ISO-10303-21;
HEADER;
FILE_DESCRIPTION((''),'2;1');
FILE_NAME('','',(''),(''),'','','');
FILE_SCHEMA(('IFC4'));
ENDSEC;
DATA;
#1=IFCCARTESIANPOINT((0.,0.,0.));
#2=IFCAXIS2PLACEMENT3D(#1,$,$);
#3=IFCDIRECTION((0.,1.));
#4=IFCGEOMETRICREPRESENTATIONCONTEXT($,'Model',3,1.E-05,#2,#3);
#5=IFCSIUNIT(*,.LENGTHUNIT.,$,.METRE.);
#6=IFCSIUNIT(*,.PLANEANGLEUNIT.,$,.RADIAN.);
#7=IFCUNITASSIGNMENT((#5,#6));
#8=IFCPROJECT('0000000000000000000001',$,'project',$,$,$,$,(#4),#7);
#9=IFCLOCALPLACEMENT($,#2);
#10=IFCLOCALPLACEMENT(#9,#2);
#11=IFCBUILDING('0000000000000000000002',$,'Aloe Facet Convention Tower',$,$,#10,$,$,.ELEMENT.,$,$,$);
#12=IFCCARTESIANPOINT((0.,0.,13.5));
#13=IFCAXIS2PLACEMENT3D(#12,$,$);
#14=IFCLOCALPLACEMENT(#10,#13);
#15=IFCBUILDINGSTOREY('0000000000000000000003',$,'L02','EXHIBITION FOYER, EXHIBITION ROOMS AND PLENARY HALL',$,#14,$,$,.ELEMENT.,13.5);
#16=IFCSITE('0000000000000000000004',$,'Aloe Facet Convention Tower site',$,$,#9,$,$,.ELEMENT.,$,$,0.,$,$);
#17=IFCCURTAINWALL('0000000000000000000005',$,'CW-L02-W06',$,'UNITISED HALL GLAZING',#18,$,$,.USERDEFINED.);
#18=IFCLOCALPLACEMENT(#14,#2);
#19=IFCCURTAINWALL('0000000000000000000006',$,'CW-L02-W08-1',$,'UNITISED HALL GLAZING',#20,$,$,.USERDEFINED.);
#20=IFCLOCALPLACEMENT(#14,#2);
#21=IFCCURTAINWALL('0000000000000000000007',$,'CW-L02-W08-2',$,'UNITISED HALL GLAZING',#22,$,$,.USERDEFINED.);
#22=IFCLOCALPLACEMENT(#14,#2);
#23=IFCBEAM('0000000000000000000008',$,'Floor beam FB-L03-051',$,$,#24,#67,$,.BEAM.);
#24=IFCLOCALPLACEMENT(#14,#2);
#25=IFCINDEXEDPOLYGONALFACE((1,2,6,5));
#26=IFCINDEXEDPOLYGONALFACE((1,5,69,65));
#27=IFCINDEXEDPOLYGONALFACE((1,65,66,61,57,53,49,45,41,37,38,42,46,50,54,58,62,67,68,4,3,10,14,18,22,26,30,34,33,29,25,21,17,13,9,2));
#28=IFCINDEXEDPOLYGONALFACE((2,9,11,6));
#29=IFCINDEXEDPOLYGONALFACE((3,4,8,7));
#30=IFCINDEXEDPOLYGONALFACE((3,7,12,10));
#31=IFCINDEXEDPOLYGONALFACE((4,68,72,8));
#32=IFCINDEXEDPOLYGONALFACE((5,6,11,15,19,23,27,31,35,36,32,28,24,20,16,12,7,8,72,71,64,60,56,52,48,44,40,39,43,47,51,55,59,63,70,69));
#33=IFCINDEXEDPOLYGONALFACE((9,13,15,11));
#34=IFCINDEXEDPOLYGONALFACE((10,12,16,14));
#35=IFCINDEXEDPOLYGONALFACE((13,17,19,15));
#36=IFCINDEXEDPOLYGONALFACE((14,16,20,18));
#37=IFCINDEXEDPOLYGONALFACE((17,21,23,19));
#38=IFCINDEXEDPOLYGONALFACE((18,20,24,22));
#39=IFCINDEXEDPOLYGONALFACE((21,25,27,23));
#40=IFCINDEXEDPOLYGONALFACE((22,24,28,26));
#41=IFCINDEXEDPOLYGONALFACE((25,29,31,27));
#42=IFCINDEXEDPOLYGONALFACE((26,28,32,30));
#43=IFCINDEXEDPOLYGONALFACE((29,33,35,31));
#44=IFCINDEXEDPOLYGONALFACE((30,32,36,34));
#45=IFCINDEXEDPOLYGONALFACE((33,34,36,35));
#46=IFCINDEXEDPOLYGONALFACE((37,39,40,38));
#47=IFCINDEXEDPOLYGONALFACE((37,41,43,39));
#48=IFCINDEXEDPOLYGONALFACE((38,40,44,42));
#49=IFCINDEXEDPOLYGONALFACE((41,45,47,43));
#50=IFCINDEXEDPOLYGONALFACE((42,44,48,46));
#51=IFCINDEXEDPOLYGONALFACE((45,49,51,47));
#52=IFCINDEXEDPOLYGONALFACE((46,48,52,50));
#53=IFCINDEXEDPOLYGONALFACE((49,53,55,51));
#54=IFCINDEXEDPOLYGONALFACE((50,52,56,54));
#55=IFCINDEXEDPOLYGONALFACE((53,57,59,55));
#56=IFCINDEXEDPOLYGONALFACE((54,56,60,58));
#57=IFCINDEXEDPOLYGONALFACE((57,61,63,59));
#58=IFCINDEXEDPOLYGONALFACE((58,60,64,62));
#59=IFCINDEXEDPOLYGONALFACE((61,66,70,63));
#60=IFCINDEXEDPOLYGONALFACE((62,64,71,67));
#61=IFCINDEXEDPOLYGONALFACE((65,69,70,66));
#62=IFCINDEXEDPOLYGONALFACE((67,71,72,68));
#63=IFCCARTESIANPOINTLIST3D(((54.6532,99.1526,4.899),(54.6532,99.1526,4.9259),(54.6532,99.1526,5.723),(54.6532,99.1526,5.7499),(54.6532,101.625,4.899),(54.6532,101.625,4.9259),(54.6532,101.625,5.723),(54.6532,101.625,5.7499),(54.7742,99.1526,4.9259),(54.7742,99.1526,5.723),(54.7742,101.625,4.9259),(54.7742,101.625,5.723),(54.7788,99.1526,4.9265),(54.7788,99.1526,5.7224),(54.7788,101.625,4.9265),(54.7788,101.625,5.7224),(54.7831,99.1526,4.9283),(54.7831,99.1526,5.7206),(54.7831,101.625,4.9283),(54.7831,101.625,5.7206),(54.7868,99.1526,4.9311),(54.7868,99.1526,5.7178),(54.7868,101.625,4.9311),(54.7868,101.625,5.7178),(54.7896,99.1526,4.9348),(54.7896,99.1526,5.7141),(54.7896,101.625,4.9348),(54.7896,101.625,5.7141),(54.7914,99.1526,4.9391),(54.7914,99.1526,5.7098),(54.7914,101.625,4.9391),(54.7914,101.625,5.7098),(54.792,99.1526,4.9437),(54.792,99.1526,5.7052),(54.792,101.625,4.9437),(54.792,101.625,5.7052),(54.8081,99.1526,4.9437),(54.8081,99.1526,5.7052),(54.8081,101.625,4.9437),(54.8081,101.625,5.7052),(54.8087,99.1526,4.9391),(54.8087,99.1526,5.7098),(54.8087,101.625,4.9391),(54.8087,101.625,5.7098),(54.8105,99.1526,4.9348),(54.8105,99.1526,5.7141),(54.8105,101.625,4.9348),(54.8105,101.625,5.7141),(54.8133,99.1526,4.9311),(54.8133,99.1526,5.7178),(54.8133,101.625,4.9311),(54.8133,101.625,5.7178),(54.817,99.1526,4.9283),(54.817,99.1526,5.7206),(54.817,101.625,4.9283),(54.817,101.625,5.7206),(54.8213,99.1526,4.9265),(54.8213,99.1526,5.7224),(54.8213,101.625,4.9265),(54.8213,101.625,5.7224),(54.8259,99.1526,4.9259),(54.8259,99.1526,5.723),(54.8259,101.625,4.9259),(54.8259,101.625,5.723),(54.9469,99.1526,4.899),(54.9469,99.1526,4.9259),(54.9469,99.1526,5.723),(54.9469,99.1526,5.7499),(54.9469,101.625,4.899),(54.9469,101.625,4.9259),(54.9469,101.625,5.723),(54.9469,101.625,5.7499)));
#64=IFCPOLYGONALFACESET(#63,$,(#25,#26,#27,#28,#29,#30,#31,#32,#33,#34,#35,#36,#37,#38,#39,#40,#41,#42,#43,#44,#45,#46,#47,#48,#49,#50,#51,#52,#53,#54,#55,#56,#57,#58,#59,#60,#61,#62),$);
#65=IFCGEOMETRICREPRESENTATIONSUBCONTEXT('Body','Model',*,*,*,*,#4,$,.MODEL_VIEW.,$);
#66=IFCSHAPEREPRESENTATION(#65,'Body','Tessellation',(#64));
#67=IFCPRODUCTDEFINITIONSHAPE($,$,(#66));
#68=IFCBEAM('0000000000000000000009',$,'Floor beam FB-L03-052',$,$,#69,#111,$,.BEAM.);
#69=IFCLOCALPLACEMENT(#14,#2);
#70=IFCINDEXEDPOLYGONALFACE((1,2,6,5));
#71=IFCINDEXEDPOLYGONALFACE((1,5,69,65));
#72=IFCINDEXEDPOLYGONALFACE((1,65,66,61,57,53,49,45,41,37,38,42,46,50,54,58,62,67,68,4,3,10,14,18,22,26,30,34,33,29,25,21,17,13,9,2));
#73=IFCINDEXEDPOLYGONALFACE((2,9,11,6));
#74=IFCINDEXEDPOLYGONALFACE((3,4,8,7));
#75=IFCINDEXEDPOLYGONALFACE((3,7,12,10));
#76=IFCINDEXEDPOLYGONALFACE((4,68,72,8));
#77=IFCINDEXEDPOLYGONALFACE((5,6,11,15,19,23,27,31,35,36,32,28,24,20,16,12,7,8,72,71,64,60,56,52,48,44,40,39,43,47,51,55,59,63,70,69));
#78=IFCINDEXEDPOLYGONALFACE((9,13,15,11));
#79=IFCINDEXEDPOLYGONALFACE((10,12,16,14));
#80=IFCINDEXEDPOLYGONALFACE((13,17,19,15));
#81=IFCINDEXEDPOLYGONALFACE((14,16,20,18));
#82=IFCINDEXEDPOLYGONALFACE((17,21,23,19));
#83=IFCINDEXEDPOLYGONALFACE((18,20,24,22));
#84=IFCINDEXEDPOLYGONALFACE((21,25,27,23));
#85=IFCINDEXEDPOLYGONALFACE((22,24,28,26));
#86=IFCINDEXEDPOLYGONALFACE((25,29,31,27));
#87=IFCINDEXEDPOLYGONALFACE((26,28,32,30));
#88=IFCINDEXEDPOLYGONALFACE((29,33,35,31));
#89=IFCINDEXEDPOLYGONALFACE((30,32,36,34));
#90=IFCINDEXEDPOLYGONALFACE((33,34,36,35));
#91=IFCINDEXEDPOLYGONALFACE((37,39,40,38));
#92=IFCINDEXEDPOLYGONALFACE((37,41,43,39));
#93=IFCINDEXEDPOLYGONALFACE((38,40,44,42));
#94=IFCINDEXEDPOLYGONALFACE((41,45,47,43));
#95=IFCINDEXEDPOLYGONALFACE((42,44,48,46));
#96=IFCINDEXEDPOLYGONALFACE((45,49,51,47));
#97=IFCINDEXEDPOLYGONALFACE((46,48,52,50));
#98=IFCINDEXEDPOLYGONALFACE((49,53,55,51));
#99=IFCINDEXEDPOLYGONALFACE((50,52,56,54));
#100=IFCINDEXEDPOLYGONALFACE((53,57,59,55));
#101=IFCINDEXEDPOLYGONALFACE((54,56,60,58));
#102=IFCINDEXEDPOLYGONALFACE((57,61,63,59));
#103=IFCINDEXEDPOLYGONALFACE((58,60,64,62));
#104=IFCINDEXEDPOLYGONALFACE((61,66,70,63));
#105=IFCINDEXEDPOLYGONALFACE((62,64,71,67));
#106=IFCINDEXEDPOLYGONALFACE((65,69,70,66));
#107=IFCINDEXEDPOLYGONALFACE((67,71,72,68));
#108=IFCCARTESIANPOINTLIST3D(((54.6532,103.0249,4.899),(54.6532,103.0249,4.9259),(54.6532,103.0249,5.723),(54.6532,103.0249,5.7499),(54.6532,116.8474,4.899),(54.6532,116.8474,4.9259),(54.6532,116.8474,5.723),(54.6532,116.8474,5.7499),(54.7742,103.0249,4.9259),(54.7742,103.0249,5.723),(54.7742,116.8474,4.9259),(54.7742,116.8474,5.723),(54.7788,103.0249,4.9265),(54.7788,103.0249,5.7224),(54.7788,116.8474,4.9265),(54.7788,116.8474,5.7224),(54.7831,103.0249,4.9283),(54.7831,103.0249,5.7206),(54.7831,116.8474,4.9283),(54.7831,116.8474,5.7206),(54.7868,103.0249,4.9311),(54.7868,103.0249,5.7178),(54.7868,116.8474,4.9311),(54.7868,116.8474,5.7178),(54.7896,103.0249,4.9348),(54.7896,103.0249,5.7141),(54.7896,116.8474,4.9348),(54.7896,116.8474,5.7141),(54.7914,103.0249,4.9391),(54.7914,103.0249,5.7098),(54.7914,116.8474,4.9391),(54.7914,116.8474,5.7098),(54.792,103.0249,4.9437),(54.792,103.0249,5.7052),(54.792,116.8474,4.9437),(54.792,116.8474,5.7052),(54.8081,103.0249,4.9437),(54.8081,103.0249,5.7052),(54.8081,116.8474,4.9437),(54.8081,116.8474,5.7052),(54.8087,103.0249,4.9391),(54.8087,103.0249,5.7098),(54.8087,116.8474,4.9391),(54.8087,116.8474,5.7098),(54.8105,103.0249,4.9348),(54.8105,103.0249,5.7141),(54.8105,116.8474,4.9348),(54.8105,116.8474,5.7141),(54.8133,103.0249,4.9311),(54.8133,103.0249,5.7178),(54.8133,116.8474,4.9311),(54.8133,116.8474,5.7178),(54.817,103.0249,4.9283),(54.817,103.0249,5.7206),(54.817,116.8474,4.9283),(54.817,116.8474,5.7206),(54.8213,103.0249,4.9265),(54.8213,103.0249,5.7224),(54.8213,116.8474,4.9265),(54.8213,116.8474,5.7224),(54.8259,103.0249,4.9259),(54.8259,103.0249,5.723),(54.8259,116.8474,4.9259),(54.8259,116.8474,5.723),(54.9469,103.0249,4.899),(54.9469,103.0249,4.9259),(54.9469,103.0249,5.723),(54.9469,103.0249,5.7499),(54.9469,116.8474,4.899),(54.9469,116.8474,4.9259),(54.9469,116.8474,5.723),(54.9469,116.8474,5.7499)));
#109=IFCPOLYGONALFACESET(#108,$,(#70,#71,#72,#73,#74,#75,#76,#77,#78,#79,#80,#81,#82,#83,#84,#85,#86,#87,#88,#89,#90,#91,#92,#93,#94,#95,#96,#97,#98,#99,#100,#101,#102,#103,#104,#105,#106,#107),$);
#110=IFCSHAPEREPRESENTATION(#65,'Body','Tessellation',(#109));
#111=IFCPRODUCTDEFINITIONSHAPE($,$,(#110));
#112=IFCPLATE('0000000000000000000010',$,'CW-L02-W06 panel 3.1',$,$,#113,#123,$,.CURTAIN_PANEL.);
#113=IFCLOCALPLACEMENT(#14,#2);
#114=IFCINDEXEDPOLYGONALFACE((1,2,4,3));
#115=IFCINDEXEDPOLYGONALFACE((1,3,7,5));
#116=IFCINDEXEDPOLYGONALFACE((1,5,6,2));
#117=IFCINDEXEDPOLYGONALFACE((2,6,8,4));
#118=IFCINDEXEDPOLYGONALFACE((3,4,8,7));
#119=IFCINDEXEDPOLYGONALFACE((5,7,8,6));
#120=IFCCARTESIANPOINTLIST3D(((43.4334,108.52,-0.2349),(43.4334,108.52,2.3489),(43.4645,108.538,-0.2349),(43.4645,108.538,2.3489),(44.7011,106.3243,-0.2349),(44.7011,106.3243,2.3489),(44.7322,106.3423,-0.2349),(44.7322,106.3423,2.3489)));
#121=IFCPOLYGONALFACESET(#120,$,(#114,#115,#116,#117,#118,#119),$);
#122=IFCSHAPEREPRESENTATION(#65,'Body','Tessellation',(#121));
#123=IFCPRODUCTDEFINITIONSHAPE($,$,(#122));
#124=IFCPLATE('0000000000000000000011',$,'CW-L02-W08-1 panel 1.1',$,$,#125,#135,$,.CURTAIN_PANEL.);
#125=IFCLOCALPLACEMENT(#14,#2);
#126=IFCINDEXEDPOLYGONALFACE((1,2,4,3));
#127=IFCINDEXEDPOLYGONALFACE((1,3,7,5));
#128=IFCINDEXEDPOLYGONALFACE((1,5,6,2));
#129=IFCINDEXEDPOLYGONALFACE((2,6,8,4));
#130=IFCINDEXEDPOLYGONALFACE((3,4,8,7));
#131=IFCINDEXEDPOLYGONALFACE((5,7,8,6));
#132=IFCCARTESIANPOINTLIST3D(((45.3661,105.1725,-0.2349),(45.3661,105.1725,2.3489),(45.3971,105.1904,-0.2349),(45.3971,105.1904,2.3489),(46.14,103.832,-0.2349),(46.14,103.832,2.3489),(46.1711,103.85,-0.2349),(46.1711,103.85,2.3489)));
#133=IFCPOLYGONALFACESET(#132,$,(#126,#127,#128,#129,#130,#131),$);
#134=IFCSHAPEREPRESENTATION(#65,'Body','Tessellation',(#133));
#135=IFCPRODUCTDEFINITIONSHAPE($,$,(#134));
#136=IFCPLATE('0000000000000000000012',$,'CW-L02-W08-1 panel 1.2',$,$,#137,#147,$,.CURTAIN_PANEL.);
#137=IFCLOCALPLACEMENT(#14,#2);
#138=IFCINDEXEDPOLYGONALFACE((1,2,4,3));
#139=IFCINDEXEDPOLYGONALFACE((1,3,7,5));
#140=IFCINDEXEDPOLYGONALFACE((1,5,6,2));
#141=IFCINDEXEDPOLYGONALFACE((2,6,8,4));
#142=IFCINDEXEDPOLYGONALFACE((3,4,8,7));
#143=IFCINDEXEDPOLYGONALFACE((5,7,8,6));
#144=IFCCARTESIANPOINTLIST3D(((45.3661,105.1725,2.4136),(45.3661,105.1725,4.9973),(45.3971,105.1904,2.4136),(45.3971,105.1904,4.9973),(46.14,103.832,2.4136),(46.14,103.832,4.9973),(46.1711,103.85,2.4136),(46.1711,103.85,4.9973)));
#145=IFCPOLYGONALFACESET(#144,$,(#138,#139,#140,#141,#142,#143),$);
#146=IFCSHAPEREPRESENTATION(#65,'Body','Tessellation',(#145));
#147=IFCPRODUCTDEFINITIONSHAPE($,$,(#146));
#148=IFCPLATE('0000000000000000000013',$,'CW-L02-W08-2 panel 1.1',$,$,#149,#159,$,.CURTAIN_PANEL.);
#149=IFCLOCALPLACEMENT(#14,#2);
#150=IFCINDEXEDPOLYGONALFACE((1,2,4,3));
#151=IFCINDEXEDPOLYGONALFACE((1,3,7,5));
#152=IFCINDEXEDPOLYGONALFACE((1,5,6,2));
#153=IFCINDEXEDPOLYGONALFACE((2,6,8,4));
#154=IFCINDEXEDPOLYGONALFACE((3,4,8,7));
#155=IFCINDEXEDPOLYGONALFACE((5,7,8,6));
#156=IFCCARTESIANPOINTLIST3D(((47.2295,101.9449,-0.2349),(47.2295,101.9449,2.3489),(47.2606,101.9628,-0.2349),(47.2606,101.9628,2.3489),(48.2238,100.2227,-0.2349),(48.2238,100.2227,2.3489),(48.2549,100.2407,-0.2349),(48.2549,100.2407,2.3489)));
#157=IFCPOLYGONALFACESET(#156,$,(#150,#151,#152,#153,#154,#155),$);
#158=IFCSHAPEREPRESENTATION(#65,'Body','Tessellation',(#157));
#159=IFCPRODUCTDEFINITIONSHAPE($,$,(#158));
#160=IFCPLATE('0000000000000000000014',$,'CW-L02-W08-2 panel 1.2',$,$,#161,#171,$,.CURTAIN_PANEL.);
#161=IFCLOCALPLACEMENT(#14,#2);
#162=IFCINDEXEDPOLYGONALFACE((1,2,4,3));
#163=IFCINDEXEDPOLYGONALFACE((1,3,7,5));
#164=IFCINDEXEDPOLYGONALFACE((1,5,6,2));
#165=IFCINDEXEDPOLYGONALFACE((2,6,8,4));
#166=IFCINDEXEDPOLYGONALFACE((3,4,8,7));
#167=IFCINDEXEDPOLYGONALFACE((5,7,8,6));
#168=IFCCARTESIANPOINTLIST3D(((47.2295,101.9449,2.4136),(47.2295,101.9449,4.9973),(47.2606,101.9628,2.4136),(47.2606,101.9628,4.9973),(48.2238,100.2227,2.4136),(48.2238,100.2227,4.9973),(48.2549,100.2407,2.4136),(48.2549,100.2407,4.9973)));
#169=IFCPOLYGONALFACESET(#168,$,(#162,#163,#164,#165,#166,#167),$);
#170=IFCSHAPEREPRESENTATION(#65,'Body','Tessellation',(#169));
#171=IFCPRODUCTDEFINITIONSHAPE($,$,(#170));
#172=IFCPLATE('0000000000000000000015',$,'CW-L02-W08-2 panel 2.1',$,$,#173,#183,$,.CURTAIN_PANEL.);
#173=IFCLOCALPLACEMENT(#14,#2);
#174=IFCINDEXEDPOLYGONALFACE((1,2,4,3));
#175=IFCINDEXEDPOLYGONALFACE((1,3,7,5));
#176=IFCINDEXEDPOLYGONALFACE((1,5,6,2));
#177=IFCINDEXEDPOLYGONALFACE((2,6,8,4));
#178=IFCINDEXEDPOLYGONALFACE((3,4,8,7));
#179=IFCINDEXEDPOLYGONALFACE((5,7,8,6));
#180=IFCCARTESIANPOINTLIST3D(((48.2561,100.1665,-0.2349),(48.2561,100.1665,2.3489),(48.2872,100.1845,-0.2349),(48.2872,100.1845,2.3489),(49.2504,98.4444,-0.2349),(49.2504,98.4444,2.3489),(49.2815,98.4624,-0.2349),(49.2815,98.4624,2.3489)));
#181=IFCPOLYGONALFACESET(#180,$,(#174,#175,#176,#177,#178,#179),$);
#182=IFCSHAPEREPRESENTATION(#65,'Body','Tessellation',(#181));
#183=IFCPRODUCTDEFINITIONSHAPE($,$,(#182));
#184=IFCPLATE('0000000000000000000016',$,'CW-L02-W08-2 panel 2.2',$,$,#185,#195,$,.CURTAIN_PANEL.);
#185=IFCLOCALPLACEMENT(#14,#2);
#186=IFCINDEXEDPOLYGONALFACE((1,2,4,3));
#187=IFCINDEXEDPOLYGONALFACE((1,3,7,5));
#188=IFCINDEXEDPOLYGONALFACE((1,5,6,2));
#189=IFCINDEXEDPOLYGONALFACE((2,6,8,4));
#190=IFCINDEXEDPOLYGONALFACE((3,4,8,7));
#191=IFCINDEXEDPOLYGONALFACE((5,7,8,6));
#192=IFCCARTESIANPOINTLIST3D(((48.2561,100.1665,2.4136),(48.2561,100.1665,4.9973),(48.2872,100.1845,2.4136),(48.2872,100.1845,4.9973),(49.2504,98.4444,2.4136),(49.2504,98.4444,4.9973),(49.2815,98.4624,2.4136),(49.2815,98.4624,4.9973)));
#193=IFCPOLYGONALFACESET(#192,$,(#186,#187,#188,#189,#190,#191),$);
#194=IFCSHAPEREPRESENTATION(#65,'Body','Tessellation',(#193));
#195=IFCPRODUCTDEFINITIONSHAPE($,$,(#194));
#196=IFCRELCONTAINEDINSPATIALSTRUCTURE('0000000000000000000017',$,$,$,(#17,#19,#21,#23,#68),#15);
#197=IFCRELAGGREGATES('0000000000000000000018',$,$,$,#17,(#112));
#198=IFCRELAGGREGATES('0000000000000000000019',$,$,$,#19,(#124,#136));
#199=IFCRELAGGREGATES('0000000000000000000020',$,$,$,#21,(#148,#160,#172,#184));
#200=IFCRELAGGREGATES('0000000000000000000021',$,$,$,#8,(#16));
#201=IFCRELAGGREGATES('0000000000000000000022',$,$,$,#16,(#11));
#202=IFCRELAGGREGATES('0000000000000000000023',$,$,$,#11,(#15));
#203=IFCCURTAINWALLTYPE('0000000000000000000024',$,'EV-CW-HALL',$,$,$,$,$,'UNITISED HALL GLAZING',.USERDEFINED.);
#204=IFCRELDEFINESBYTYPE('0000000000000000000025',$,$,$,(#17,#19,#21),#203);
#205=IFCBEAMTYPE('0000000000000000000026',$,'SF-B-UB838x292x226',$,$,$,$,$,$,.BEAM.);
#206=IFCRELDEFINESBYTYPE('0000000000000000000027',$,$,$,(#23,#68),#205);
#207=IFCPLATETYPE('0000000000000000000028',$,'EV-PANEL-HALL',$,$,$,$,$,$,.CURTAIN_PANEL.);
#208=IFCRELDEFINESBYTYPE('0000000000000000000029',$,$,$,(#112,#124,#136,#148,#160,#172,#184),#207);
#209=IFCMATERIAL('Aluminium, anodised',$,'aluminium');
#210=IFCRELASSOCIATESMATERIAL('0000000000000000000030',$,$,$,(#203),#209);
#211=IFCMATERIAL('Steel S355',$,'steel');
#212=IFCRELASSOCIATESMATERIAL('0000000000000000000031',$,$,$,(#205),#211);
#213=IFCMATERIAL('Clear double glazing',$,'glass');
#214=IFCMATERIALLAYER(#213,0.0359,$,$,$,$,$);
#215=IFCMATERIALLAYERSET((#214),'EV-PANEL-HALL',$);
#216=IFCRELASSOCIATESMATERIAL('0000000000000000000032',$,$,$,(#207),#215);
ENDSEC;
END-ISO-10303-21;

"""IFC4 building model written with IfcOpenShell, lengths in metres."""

from ifc_helpers import new_model, si_unit, direction, frame, origin, origin_2d, place, context, subcontext, project, spatial, rectangle, i_section, extrude, material, layer, layer_set, material_profile, profile_set, type_object, element, aggregate, save


model = new_model("IFC4")

# Units and contexts
model_context = context("Model", 3, precision=1e-05, world=origin(), true_north=direction((0.0, 1.0)))
body_context = subcontext(model_context, "Body", "Model", "MODEL_VIEW")
ifc_project = project(units=[si_unit("LENGTHUNIT", "METRE"), si_unit("PLANEANGLEUNIT", "RADIAN")], contexts=[model_context])

# Site, building, storey
site_placement = place(None, origin())
site = spatial("IfcSite", under=ifc_project, at=site_placement, Name="Aloe Facet Convention Tower site", CompositionType="ELEMENT", RefElevation=0.0)
building_placement = place(site_placement, origin())
building = spatial("IfcBuilding", under=site, at=building_placement, Name="Aloe Facet Convention Tower", CompositionType="ELEMENT")
storey_placement = place(building_placement, frame((0.0, 0.0, 13.5)))
storey = spatial("IfcBuildingStorey", under=building, at=storey_placement, Name="L02", Description="EXHIBITION FOYER, EXHIBITION ROOMS AND PLENARY HALL", CompositionType="ELEMENT", Elevation=13.5)

# Curtain wall
ifc_material_1 = material(Name="Aluminium, anodised", Category="aluminium")
curtain_wall_type = type_object("IfcCurtainWallType", Name="EV-CW-HALL", ElementType="UNITISED HALL GLAZING", PredefinedType="USERDEFINED", material=ifc_material_1)
curtain_wall_1_placement = place(storey_placement, origin())
curtain_wall_1 = element("IfcCurtainWall", 1, at=curtain_wall_1_placement, inside=storey, type_object=curtain_wall_type, Name="CW-L02-W06", ObjectType="UNITISED HALL GLAZING", PredefinedType="USERDEFINED")

# Curtain walls
curtain_wall_2_placement = place(storey_placement, origin())
curtain_wall_2 = element("IfcCurtainWall", 2, at=curtain_wall_2_placement, inside=storey, type_object=curtain_wall_type, Name="CW-L02-W08-1", ObjectType="UNITISED HALL GLAZING", PredefinedType="USERDEFINED")
curtain_wall_3_placement = place(storey_placement, origin())
curtain_wall_3 = element("IfcCurtainWall", 3, at=curtain_wall_3_placement, inside=storey, type_object=curtain_wall_type, Name="CW-L02-W08-2", ObjectType="UNITISED HALL GLAZING", PredefinedType="USERDEFINED")

# Beams
ifc_material_2 = material(Name="Steel S355", Category="steel")
ifc_material_profile_1 = material_profile(ifc_material_2, i_section(OverallWidth=0.2937, OverallDepth=0.8508, WebThickness=0.0161, FlangeThickness=0.0269, FilletRadius=0.0178, at=origin_2d()), Name="UB 838x292x226")
ifc_profile_set_1 = profile_set([ifc_material_profile_1], Name="Steel S355")
beam_type_1 = type_object("IfcBeamType", Name="SF-B-UB838x292x226", PredefinedType="BEAM", material=ifc_profile_set_1)
beam_1_placement = place(storey_placement, frame((54.8, 99.1526, 5.3245), z_axis=(0.0, 1.0, 0.0), x_axis=(-1.0, 0.0, 0.0)))
element("IfcBeam", 4, at=beam_1_placement, inside=storey, type_object=beam_type_1, Name="Floor beam FB-L03-051", PredefinedType="BEAM", context=body_context, shape_type="SweptSolid", body=[
    extrude(i_section(OverallWidth=0.2937, OverallDepth=0.8508, WebThickness=0.0161, FlangeThickness=0.0269, FilletRadius=0.0178, at=origin_2d()), origin(), (0.0, 0.0, 1.0), 2.4724),
])
beam_2_placement = place(storey_placement, frame((54.8, 103.0249, 5.3245), z_axis=(0.0, 1.0, 0.0), x_axis=(-1.0, 0.0, 0.0)))
element("IfcBeam", 5, at=beam_2_placement, inside=storey, type_object=beam_type_1, Name="Floor beam FB-L03-052", PredefinedType="BEAM", context=body_context, shape_type="SweptSolid", body=[
    extrude(i_section(OverallWidth=0.2937, OverallDepth=0.8508, WebThickness=0.0161, FlangeThickness=0.0269, FilletRadius=0.0178, at=origin_2d()), origin(), (0.0, 0.0, 1.0), 13.8225),
])

# Plates
ifc_material_3 = material(Name="Clear double glazing", Category="glass")
ifc_layer_1 = layer(ifc_material_3, 0.0359)
ifc_layer_set_1 = layer_set([ifc_layer_1], Name="EV-PANEL-HALL")
plate_type = type_object("IfcPlateType", Name="EV-PANEL-HALL", PredefinedType="CURTAIN_PANEL", material=ifc_layer_set_1)
plate_1_placement = place(storey_placement, frame((44.0828, 107.4312, -0.2349), z_axis=(0.0, 0.0, 1.0), x_axis=(0.5, -0.866025, 0.0)))
plate_1 = element("IfcPlate", 6, at=plate_1_placement, type_object=plate_type, Name="CW-L02-W06 panel 3.1", PredefinedType="CURTAIN_PANEL", context=body_context, shape_type="SweptSolid", body=[
    extrude(rectangle(XDim=2.5354, YDim=0.0359, at=origin_2d()), origin(), (0.0, 0.0, 1.0), 2.5837),
])
aggregate(curtain_wall_1, [plate_1])
plate_2_placement = place(storey_placement, frame((45.7686, 104.5112, -0.2349), z_axis=(0.0, 0.0, 1.0), x_axis=(0.5, -0.866025, 0.0)))
plate_2 = element("IfcPlate", 7, at=plate_2_placement, type_object=plate_type, Name="CW-L02-W08-1 panel 1.1", PredefinedType="CURTAIN_PANEL", context=body_context, shape_type="SweptSolid", body=[
    extrude(rectangle(XDim=1.5479, YDim=0.0359, at=origin_2d()), origin(), (0.0, 0.0, 1.0), 2.5837),
])
plate_3_placement = place(storey_placement, frame((45.7686, 104.5112, 2.4136), z_axis=(0.0, 0.0, 1.0), x_axis=(0.5, -0.866025, 0.0)))
plate_3 = element("IfcPlate", 8, at=plate_3_placement, type_object=plate_type, Name="CW-L02-W08-1 panel 1.2", PredefinedType="CURTAIN_PANEL", context=body_context, shape_type="SweptSolid", body=[
    extrude(rectangle(XDim=1.5479, YDim=0.0359, at=origin_2d()), origin(), (0.0, 0.0, 1.0), 2.5837),
])
aggregate(curtain_wall_2, [plate_2, plate_3])
plate_4_placement = place(storey_placement, frame((47.7422, 101.0928, -0.2349), z_axis=(0.0, 0.0, 1.0), x_axis=(0.5, -0.866025, 0.0)))
plate_4 = element("IfcPlate", 9, at=plate_4_placement, type_object=plate_type, Name="CW-L02-W08-2 panel 1.1", PredefinedType="CURTAIN_PANEL", context=body_context, shape_type="SweptSolid", body=[
    extrude(rectangle(XDim=1.9885, YDim=0.0359, at=origin_2d()), origin(), (0.0, 0.0, 1.0), 2.5837),
])
plate_5_placement = place(storey_placement, frame((47.7422, 101.0928, 2.4136), z_axis=(0.0, 0.0, 1.0), x_axis=(0.5, -0.866025, 0.0)))
plate_5 = element("IfcPlate", 10, at=plate_5_placement, type_object=plate_type, Name="CW-L02-W08-2 panel 1.2", PredefinedType="CURTAIN_PANEL", context=body_context, shape_type="SweptSolid", body=[
    extrude(rectangle(XDim=1.9885, YDim=0.0359, at=origin_2d()), origin(), (0.0, 0.0, 1.0), 2.5837),
])
plate_6_placement = place(storey_placement, frame((48.7688, 99.3145, -0.2349), z_axis=(0.0, 0.0, 1.0), x_axis=(0.5, -0.866025, 0.0)))
plate_6 = element("IfcPlate", 11, at=plate_6_placement, type_object=plate_type, Name="CW-L02-W08-2 panel 2.1", PredefinedType="CURTAIN_PANEL", context=body_context, shape_type="SweptSolid", body=[
    extrude(rectangle(XDim=1.9885, YDim=0.0359, at=origin_2d()), origin(), (0.0, 0.0, 1.0), 2.5837),
])
plate_7_placement = place(storey_placement, frame((48.7688, 99.3145, 2.4136), z_axis=(0.0, 0.0, 1.0), x_axis=(0.5, -0.866025, 0.0)))
plate_7 = element("IfcPlate", 12, at=plate_7_placement, type_object=plate_type, Name="CW-L02-W08-2 panel 2.2", PredefinedType="CURTAIN_PANEL", context=body_context, shape_type="SweptSolid", body=[
    extrude(rectangle(XDim=1.9885, YDim=0.0359, at=origin_2d()), origin(), (0.0, 0.0, 1.0), 2.5837),
])
aggregate(curtain_wall_3, [plate_4, plate_5, plate_6, plate_7])

save(model, "model.ifc")
